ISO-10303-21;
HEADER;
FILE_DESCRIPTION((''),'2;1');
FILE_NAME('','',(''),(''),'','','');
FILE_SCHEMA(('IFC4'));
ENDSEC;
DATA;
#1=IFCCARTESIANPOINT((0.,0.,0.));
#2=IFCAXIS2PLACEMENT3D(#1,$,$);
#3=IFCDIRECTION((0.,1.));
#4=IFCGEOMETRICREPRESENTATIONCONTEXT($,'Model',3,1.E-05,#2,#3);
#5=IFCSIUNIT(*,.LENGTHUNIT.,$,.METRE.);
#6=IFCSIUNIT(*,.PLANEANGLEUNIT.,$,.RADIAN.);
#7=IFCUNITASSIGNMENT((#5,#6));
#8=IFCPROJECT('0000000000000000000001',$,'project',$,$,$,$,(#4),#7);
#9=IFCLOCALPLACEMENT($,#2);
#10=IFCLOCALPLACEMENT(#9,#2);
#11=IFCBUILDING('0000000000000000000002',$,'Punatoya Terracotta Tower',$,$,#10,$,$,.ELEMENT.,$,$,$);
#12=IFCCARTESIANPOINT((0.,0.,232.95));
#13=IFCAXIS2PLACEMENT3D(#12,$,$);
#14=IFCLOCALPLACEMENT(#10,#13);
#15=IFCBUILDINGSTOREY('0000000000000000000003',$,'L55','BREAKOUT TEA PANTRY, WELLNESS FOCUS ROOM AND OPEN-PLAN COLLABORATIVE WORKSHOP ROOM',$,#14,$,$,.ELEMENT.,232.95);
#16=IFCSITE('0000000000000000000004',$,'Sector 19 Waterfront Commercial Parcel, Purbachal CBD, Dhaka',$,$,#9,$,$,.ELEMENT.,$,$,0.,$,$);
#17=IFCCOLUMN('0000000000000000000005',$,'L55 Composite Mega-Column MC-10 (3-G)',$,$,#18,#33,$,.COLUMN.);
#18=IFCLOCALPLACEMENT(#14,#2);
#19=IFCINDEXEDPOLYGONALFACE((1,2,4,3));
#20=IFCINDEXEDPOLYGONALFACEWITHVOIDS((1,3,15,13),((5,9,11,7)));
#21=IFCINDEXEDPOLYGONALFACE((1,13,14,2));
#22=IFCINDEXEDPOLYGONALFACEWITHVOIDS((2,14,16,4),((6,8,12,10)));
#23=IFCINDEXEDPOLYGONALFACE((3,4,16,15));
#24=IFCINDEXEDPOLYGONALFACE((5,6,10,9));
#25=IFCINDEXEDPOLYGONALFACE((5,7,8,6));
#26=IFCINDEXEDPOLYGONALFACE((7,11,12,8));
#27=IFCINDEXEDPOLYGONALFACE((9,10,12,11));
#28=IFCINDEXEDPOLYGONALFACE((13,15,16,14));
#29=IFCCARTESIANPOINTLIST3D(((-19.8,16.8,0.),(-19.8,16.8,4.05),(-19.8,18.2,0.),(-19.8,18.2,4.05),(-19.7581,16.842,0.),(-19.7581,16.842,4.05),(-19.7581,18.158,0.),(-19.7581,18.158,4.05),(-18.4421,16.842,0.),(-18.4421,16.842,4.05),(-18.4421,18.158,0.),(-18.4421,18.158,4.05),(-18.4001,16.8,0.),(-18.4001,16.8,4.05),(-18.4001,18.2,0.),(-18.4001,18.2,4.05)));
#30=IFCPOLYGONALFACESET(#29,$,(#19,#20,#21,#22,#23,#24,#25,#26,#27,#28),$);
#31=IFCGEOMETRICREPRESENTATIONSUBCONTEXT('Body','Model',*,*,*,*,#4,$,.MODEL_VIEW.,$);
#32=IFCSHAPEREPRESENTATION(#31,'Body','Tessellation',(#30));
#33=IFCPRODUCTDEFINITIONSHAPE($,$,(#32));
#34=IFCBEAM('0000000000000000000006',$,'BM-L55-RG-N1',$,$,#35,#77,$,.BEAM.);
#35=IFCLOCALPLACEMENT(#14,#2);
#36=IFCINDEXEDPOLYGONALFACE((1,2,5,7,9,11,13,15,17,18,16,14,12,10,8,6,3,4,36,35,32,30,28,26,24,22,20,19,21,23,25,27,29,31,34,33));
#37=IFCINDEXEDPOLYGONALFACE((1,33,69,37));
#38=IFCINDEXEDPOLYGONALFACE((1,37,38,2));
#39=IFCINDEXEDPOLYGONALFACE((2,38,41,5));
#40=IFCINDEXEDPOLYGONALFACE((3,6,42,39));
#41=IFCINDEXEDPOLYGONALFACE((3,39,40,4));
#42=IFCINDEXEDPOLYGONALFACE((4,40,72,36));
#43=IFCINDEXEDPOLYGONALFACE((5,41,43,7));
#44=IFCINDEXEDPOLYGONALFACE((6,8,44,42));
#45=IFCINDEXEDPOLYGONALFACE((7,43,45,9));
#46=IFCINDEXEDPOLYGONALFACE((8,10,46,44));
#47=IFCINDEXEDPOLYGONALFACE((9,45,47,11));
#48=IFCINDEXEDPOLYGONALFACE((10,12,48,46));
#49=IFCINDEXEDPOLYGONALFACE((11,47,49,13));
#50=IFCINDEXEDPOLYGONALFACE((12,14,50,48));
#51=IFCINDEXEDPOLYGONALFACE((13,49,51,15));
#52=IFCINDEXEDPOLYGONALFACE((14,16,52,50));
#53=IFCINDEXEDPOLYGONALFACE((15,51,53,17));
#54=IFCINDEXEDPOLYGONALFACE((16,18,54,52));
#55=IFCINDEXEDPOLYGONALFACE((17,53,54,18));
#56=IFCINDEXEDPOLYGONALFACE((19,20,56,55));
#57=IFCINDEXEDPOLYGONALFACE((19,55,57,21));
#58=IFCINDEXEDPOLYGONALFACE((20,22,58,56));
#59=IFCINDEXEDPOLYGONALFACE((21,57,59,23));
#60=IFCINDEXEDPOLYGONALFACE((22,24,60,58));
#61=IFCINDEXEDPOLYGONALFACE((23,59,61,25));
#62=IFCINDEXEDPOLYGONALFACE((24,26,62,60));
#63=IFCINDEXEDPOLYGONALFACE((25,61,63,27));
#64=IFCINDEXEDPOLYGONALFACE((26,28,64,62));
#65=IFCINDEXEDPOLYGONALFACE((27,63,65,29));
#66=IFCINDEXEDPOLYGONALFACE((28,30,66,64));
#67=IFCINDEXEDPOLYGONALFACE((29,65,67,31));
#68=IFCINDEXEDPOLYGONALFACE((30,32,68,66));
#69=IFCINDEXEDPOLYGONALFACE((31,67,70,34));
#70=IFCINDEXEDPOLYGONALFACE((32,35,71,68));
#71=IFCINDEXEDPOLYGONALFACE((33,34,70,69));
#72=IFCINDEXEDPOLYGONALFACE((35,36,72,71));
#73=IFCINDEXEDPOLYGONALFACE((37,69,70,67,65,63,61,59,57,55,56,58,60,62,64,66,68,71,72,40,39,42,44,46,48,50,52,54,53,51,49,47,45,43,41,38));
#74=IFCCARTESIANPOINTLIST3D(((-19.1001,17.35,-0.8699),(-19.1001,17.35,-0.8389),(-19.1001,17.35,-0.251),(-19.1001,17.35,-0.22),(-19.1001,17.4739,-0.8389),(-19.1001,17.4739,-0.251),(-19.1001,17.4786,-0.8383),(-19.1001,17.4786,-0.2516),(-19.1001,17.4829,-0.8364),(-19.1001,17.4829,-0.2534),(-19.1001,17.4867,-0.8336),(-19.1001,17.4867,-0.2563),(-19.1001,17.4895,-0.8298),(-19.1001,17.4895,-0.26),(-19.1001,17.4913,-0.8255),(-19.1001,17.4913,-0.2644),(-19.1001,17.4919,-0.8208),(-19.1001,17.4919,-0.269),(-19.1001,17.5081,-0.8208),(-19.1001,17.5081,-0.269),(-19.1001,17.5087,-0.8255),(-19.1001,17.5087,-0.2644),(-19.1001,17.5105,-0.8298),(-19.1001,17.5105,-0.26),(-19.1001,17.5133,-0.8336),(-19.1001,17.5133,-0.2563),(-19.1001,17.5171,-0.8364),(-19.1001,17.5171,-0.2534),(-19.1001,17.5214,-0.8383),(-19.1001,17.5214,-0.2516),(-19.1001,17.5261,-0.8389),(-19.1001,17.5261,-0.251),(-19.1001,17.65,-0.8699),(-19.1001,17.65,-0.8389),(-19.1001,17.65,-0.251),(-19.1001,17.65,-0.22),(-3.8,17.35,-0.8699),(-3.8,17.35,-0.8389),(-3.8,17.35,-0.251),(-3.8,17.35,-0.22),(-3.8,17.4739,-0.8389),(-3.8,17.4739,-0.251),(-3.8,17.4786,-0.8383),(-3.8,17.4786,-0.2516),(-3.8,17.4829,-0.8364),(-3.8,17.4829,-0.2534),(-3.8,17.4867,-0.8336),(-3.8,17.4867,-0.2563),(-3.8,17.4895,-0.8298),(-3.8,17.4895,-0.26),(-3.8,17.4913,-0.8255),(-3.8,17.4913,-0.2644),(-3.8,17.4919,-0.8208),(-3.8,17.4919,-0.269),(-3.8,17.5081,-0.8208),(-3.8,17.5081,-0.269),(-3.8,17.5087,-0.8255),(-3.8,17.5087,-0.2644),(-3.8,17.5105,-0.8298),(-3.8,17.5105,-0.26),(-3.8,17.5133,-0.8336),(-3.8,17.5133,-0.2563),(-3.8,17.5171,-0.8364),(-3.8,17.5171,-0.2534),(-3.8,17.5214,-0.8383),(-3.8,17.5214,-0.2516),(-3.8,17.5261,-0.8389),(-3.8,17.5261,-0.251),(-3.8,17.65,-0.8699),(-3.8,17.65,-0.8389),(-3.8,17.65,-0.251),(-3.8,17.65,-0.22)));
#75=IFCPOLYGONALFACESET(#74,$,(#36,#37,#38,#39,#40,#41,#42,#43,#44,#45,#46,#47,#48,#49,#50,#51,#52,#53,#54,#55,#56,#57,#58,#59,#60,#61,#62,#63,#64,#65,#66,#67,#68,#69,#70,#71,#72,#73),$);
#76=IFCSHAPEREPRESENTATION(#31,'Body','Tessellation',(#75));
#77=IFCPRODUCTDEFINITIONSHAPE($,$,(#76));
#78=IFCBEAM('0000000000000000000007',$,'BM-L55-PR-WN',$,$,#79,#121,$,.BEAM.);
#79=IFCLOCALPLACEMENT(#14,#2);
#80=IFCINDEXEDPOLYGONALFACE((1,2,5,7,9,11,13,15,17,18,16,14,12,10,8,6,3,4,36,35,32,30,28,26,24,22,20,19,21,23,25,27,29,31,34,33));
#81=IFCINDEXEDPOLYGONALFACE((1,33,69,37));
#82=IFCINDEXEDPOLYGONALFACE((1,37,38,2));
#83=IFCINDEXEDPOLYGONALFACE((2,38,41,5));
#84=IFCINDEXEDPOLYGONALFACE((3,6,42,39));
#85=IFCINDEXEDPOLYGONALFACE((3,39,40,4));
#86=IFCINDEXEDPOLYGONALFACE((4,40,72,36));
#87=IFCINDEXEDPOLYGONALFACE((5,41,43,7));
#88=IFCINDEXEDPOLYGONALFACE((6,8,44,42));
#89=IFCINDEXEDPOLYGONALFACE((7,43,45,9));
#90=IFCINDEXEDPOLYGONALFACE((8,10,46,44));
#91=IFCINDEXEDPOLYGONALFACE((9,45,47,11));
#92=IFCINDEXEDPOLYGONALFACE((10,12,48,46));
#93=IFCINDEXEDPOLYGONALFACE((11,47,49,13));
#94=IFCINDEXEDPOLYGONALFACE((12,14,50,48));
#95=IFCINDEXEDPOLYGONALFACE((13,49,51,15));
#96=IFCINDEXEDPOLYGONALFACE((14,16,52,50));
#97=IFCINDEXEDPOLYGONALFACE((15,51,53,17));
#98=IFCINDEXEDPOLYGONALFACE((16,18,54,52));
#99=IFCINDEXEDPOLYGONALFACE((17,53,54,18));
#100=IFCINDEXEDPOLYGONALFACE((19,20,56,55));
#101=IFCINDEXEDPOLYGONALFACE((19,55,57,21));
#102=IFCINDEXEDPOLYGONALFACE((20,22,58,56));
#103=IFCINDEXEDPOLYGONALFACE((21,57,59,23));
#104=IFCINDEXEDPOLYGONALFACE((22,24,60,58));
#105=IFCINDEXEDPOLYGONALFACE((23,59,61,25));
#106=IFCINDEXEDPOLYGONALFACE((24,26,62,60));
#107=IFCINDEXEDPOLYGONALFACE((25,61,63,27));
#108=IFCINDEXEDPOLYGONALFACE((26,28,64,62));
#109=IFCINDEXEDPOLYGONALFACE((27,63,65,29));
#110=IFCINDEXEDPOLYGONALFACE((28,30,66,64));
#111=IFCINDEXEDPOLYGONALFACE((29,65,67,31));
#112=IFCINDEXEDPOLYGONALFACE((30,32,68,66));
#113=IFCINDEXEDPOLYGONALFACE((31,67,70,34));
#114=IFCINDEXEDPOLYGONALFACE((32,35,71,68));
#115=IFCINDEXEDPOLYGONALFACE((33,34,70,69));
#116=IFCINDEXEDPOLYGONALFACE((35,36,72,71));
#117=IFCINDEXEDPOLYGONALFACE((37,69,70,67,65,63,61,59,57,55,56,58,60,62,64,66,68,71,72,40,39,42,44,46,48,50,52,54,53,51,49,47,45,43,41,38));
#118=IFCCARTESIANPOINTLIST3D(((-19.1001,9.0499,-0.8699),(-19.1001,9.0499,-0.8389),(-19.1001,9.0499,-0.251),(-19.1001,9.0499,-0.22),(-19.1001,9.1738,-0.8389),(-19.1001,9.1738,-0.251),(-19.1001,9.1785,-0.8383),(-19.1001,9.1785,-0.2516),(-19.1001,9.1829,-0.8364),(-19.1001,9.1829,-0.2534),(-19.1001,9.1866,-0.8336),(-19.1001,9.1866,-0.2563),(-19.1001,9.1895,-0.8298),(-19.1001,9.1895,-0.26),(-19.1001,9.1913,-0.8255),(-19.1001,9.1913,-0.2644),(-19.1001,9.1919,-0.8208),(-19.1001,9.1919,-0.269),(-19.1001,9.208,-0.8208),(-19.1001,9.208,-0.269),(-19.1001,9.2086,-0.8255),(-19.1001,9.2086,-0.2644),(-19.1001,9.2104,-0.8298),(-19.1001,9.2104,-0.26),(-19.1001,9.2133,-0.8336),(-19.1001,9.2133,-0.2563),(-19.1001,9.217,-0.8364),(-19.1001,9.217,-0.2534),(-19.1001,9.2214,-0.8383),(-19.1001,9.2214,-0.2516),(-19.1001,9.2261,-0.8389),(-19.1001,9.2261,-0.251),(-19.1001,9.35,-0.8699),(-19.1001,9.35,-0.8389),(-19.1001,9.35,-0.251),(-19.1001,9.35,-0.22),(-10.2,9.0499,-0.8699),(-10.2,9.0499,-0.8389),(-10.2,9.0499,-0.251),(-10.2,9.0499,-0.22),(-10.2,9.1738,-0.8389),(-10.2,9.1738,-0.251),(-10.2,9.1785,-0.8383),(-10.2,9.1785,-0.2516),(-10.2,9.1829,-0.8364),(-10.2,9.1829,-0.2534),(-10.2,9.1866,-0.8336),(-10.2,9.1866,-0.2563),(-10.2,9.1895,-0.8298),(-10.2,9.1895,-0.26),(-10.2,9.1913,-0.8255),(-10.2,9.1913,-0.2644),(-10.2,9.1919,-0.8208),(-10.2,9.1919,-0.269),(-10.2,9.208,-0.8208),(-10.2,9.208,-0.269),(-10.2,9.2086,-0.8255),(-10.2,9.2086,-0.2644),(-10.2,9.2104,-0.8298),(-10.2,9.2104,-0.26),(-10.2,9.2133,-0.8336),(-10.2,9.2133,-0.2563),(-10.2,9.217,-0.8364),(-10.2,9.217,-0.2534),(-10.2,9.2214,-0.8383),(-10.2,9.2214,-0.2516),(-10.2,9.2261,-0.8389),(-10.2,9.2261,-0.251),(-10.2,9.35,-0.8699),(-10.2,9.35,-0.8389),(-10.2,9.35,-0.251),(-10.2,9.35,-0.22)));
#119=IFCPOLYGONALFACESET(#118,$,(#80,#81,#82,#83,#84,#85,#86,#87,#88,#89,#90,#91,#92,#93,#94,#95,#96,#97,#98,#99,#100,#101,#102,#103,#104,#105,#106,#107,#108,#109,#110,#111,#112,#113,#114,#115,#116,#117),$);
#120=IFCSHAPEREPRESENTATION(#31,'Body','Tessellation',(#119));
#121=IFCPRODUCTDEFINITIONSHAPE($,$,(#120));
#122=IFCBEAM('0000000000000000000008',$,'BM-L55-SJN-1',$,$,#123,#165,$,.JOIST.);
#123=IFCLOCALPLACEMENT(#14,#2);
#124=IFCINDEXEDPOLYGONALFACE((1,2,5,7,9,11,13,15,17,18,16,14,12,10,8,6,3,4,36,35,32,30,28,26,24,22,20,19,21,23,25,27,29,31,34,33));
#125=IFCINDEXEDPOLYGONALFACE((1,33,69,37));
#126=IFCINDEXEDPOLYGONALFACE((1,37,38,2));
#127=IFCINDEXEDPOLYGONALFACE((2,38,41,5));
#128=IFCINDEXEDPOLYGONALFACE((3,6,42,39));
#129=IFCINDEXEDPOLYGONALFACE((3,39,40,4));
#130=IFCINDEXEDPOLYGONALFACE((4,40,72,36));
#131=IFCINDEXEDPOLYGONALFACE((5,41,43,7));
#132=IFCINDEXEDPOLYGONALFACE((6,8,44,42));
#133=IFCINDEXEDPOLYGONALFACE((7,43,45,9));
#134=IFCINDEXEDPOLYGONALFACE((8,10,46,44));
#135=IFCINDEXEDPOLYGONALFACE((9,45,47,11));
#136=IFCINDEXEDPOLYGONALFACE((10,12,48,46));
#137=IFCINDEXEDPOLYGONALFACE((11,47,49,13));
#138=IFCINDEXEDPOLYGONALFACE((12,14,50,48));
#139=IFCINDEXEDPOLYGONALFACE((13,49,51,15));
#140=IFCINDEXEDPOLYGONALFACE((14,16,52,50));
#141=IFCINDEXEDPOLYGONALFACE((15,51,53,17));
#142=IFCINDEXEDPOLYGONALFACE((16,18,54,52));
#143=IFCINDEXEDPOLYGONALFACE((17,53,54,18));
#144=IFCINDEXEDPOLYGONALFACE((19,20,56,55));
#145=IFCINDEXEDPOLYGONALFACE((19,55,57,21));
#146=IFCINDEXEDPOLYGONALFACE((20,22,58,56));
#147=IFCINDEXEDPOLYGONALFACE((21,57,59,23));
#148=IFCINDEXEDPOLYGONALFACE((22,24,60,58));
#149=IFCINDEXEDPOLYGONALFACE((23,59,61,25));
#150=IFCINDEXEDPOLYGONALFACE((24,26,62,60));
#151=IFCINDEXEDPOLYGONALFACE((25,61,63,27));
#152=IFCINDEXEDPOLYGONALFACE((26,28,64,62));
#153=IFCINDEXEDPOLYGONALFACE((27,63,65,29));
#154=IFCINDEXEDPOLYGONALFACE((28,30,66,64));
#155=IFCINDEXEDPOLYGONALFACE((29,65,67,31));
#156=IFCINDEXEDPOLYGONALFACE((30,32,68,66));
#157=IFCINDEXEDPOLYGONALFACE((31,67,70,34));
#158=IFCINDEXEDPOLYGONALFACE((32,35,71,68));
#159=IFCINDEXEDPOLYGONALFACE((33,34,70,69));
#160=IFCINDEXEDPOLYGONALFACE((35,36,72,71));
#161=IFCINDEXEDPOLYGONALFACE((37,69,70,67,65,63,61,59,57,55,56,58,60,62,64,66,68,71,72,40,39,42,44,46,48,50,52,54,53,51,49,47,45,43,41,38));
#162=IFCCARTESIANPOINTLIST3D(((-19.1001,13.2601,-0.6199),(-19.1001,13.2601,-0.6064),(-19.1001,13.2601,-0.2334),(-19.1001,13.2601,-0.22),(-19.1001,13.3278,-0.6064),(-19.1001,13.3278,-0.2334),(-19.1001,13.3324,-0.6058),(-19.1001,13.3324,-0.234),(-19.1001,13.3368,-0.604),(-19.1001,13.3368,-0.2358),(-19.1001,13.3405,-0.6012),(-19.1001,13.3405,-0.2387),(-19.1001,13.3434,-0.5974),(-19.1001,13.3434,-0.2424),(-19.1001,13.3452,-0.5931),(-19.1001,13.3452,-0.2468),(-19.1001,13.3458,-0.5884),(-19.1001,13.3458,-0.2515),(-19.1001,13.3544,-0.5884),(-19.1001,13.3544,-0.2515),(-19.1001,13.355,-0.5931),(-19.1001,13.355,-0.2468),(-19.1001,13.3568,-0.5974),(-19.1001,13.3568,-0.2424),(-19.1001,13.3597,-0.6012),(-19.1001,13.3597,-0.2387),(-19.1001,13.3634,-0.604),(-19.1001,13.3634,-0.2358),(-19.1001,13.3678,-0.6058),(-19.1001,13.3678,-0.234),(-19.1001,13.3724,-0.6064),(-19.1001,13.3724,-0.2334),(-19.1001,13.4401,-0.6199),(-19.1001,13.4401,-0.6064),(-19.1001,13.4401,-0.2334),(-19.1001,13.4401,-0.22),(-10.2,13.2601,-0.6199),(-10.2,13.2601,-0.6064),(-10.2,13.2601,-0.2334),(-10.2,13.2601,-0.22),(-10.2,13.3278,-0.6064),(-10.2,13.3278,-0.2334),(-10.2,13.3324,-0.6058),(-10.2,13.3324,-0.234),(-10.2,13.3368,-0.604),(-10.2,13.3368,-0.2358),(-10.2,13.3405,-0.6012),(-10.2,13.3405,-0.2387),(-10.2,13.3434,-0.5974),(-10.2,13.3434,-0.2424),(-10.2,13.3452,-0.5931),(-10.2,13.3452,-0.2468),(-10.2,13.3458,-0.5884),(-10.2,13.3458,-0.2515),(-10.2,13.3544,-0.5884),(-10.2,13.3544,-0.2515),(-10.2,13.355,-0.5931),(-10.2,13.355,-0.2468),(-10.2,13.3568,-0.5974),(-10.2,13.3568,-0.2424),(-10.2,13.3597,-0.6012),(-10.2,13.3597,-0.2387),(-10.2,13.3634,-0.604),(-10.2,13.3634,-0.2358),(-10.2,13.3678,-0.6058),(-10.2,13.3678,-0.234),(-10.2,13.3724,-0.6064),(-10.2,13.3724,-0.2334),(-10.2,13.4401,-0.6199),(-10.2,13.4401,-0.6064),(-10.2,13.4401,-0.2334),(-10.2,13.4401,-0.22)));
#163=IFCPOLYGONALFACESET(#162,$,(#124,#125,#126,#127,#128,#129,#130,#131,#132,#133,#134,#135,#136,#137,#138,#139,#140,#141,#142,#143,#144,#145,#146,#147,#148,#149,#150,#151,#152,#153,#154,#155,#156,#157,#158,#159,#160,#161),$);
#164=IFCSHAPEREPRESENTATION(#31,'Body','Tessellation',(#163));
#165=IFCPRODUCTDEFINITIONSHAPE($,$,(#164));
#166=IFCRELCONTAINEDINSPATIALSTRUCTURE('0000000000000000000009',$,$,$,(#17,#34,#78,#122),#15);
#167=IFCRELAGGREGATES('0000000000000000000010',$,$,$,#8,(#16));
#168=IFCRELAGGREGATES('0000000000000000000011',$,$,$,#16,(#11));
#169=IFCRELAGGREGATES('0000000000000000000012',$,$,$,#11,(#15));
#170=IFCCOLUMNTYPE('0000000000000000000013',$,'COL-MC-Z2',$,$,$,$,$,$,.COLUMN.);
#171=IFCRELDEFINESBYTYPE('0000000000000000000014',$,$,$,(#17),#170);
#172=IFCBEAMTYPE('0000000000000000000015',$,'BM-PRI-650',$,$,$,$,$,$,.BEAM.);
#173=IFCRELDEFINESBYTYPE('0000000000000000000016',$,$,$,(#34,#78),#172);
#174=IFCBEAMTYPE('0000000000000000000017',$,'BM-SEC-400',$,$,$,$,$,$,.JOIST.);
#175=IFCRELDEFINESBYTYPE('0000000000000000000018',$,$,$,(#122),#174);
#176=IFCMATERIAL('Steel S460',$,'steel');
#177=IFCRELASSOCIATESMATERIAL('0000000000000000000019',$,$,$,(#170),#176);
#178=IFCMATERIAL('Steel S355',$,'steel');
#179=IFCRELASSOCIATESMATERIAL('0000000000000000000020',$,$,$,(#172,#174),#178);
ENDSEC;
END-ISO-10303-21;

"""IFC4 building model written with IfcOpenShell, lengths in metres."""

from ifc_helpers import new_model, si_unit, direction, frame, origin, origin_2d, place, context, subcontext, project, spatial, hollow_rectangle, i_section, extrude, material, material_profile, profile_set, type_object, element, save


model = new_model("IFC4")

# Units and contexts
model_context = context("Model", 3, precision=1e-05, world=origin(), true_north=direction((0.0, 1.0)))
body_context = subcontext(model_context, "Body", "Model", "MODEL_VIEW")
ifc_project = project(units=[si_unit("LENGTHUNIT", "METRE"), si_unit("PLANEANGLEUNIT", "RADIAN")], contexts=[model_context])

# Site, building, storey
site_placement = place(None, origin())
site = spatial("IfcSite", under=ifc_project, at=site_placement, Name="Sector 19 Waterfront Commercial Parcel, Purbachal CBD, Dhaka", CompositionType="ELEMENT", RefElevation=0.0)
building_placement = place(site_placement, origin())
building = spatial("IfcBuilding", under=site, at=building_placement, Name="Punatoya Terracotta Tower", CompositionType="ELEMENT")
storey_placement = place(building_placement, frame((0.0, 0.0, 232.95)))
storey = spatial("IfcBuildingStorey", under=building, at=storey_placement, Name="L55", Description="BREAKOUT TEA PANTRY, WELLNESS FOCUS ROOM AND OPEN-PLAN COLLABORATIVE WORKSHOP ROOM", CompositionType="ELEMENT", Elevation=232.95)

# Column
ifc_material_1 = material(Name="Steel S460", Category="steel")
ifc_material_profile_1 = material_profile(ifc_material_1, hollow_rectangle(XDim=1.3999, YDim=1.3999, WallThickness=0.042, at=origin_2d()))
ifc_profile_set_1 = profile_set([ifc_material_profile_1], Name="Steel S460")
column_type = type_object("IfcColumnType", Name="COL-MC-Z2", PredefinedType="COLUMN", material=ifc_profile_set_1)
column_placement = place(storey_placement, frame((-19.1001, 17.5, 0.0), z_axis=(0.0, 0.0, 1.0), x_axis=(1.0, 0.0, 0.0)))
element("IfcColumn", 1, at=column_placement, inside=storey, type_object=column_type, Name="L55 Composite Mega-Column MC-10 (3-G)", PredefinedType="COLUMN", context=body_context, shape_type="SweptSolid", body=[
    extrude(hollow_rectangle(XDim=1.3999, YDim=1.3999, WallThickness=0.042, at=origin_2d()), origin(), (0.0, 0.0, 1.0), 4.05),
])

# Beams
ifc_material_2 = material(Name="Steel S355", Category="steel")
ifc_material_profile_2 = material_profile(ifc_material_2, i_section(OverallWidth=0.3, OverallDepth=0.6499, WebThickness=0.0161, FlangeThickness=0.031, FilletRadius=0.0181, at=origin_2d()))
ifc_profile_set_2 = profile_set([ifc_material_profile_2], Name="Steel S355")
beam_type_1 = type_object("IfcBeamType", Name="BM-PRI-650", PredefinedType="BEAM", material=ifc_profile_set_2)
beam_1_placement = place(storey_placement, frame((-19.1001, 17.5, -0.5449), z_axis=(1.0, 0.0, 0.0), x_axis=(0.0, 1.0, 0.0)))
element("IfcBeam", 2, at=beam_1_placement, inside=storey, type_object=beam_type_1, Name="BM-L55-RG-N1", PredefinedType="BEAM", context=body_context, shape_type="SweptSolid", body=[
    extrude(i_section(OverallWidth=0.3, OverallDepth=0.6499, WebThickness=0.0161, FlangeThickness=0.031, FilletRadius=0.0181, at=origin_2d()), origin(), (0.0, 0.0, 1.0), 15.3),
])
beam_2_placement = place(storey_placement, frame((-19.1001, 9.2, -0.5449), z_axis=(1.0, 0.0, 0.0), x_axis=(0.0, 1.0, 0.0)))
element("IfcBeam", 3, at=beam_2_placement, inside=storey, type_object=beam_type_1, Name="BM-L55-PR-WN", PredefinedType="BEAM", context=body_context, shape_type="SweptSolid", body=[
    extrude(i_section(OverallWidth=0.3, OverallDepth=0.6499, WebThickness=0.0161, FlangeThickness=0.031, FilletRadius=0.0181, at=origin_2d()), origin(), (0.0, 0.0, 1.0), 8.9001),
])
ifc_material_profile_3 = material_profile(ifc_material_2, i_section(OverallWidth=0.1799, OverallDepth=0.3999, WebThickness=0.0085, FlangeThickness=0.0134, FilletRadius=0.0181, at=origin_2d()))
ifc_profile_set_3 = profile_set([ifc_material_profile_3], Name="Steel S355")
beam_type_2 = type_object("IfcBeamType", Name="BM-SEC-400", PredefinedType="JOIST", material=ifc_profile_set_3)
beam_3_placement = place(storey_placement, frame((-19.1001, 13.3501, -0.4199), z_axis=(1.0, 0.0, 0.0), x_axis=(0.0, 1.0, 0.0)))
element("IfcBeam", 4, at=beam_3_placement, inside=storey, type_object=beam_type_2, Name="BM-L55-SJN-1", PredefinedType="JOIST", context=body_context, shape_type="SweptSolid", body=[
    extrude(i_section(OverallWidth=0.1799, OverallDepth=0.3999, WebThickness=0.0085, FlangeThickness=0.0134, FilletRadius=0.0181, at=origin_2d()), origin(), (0.0, 0.0, 1.0), 8.9001),
])

save(model, "model.ifc")
